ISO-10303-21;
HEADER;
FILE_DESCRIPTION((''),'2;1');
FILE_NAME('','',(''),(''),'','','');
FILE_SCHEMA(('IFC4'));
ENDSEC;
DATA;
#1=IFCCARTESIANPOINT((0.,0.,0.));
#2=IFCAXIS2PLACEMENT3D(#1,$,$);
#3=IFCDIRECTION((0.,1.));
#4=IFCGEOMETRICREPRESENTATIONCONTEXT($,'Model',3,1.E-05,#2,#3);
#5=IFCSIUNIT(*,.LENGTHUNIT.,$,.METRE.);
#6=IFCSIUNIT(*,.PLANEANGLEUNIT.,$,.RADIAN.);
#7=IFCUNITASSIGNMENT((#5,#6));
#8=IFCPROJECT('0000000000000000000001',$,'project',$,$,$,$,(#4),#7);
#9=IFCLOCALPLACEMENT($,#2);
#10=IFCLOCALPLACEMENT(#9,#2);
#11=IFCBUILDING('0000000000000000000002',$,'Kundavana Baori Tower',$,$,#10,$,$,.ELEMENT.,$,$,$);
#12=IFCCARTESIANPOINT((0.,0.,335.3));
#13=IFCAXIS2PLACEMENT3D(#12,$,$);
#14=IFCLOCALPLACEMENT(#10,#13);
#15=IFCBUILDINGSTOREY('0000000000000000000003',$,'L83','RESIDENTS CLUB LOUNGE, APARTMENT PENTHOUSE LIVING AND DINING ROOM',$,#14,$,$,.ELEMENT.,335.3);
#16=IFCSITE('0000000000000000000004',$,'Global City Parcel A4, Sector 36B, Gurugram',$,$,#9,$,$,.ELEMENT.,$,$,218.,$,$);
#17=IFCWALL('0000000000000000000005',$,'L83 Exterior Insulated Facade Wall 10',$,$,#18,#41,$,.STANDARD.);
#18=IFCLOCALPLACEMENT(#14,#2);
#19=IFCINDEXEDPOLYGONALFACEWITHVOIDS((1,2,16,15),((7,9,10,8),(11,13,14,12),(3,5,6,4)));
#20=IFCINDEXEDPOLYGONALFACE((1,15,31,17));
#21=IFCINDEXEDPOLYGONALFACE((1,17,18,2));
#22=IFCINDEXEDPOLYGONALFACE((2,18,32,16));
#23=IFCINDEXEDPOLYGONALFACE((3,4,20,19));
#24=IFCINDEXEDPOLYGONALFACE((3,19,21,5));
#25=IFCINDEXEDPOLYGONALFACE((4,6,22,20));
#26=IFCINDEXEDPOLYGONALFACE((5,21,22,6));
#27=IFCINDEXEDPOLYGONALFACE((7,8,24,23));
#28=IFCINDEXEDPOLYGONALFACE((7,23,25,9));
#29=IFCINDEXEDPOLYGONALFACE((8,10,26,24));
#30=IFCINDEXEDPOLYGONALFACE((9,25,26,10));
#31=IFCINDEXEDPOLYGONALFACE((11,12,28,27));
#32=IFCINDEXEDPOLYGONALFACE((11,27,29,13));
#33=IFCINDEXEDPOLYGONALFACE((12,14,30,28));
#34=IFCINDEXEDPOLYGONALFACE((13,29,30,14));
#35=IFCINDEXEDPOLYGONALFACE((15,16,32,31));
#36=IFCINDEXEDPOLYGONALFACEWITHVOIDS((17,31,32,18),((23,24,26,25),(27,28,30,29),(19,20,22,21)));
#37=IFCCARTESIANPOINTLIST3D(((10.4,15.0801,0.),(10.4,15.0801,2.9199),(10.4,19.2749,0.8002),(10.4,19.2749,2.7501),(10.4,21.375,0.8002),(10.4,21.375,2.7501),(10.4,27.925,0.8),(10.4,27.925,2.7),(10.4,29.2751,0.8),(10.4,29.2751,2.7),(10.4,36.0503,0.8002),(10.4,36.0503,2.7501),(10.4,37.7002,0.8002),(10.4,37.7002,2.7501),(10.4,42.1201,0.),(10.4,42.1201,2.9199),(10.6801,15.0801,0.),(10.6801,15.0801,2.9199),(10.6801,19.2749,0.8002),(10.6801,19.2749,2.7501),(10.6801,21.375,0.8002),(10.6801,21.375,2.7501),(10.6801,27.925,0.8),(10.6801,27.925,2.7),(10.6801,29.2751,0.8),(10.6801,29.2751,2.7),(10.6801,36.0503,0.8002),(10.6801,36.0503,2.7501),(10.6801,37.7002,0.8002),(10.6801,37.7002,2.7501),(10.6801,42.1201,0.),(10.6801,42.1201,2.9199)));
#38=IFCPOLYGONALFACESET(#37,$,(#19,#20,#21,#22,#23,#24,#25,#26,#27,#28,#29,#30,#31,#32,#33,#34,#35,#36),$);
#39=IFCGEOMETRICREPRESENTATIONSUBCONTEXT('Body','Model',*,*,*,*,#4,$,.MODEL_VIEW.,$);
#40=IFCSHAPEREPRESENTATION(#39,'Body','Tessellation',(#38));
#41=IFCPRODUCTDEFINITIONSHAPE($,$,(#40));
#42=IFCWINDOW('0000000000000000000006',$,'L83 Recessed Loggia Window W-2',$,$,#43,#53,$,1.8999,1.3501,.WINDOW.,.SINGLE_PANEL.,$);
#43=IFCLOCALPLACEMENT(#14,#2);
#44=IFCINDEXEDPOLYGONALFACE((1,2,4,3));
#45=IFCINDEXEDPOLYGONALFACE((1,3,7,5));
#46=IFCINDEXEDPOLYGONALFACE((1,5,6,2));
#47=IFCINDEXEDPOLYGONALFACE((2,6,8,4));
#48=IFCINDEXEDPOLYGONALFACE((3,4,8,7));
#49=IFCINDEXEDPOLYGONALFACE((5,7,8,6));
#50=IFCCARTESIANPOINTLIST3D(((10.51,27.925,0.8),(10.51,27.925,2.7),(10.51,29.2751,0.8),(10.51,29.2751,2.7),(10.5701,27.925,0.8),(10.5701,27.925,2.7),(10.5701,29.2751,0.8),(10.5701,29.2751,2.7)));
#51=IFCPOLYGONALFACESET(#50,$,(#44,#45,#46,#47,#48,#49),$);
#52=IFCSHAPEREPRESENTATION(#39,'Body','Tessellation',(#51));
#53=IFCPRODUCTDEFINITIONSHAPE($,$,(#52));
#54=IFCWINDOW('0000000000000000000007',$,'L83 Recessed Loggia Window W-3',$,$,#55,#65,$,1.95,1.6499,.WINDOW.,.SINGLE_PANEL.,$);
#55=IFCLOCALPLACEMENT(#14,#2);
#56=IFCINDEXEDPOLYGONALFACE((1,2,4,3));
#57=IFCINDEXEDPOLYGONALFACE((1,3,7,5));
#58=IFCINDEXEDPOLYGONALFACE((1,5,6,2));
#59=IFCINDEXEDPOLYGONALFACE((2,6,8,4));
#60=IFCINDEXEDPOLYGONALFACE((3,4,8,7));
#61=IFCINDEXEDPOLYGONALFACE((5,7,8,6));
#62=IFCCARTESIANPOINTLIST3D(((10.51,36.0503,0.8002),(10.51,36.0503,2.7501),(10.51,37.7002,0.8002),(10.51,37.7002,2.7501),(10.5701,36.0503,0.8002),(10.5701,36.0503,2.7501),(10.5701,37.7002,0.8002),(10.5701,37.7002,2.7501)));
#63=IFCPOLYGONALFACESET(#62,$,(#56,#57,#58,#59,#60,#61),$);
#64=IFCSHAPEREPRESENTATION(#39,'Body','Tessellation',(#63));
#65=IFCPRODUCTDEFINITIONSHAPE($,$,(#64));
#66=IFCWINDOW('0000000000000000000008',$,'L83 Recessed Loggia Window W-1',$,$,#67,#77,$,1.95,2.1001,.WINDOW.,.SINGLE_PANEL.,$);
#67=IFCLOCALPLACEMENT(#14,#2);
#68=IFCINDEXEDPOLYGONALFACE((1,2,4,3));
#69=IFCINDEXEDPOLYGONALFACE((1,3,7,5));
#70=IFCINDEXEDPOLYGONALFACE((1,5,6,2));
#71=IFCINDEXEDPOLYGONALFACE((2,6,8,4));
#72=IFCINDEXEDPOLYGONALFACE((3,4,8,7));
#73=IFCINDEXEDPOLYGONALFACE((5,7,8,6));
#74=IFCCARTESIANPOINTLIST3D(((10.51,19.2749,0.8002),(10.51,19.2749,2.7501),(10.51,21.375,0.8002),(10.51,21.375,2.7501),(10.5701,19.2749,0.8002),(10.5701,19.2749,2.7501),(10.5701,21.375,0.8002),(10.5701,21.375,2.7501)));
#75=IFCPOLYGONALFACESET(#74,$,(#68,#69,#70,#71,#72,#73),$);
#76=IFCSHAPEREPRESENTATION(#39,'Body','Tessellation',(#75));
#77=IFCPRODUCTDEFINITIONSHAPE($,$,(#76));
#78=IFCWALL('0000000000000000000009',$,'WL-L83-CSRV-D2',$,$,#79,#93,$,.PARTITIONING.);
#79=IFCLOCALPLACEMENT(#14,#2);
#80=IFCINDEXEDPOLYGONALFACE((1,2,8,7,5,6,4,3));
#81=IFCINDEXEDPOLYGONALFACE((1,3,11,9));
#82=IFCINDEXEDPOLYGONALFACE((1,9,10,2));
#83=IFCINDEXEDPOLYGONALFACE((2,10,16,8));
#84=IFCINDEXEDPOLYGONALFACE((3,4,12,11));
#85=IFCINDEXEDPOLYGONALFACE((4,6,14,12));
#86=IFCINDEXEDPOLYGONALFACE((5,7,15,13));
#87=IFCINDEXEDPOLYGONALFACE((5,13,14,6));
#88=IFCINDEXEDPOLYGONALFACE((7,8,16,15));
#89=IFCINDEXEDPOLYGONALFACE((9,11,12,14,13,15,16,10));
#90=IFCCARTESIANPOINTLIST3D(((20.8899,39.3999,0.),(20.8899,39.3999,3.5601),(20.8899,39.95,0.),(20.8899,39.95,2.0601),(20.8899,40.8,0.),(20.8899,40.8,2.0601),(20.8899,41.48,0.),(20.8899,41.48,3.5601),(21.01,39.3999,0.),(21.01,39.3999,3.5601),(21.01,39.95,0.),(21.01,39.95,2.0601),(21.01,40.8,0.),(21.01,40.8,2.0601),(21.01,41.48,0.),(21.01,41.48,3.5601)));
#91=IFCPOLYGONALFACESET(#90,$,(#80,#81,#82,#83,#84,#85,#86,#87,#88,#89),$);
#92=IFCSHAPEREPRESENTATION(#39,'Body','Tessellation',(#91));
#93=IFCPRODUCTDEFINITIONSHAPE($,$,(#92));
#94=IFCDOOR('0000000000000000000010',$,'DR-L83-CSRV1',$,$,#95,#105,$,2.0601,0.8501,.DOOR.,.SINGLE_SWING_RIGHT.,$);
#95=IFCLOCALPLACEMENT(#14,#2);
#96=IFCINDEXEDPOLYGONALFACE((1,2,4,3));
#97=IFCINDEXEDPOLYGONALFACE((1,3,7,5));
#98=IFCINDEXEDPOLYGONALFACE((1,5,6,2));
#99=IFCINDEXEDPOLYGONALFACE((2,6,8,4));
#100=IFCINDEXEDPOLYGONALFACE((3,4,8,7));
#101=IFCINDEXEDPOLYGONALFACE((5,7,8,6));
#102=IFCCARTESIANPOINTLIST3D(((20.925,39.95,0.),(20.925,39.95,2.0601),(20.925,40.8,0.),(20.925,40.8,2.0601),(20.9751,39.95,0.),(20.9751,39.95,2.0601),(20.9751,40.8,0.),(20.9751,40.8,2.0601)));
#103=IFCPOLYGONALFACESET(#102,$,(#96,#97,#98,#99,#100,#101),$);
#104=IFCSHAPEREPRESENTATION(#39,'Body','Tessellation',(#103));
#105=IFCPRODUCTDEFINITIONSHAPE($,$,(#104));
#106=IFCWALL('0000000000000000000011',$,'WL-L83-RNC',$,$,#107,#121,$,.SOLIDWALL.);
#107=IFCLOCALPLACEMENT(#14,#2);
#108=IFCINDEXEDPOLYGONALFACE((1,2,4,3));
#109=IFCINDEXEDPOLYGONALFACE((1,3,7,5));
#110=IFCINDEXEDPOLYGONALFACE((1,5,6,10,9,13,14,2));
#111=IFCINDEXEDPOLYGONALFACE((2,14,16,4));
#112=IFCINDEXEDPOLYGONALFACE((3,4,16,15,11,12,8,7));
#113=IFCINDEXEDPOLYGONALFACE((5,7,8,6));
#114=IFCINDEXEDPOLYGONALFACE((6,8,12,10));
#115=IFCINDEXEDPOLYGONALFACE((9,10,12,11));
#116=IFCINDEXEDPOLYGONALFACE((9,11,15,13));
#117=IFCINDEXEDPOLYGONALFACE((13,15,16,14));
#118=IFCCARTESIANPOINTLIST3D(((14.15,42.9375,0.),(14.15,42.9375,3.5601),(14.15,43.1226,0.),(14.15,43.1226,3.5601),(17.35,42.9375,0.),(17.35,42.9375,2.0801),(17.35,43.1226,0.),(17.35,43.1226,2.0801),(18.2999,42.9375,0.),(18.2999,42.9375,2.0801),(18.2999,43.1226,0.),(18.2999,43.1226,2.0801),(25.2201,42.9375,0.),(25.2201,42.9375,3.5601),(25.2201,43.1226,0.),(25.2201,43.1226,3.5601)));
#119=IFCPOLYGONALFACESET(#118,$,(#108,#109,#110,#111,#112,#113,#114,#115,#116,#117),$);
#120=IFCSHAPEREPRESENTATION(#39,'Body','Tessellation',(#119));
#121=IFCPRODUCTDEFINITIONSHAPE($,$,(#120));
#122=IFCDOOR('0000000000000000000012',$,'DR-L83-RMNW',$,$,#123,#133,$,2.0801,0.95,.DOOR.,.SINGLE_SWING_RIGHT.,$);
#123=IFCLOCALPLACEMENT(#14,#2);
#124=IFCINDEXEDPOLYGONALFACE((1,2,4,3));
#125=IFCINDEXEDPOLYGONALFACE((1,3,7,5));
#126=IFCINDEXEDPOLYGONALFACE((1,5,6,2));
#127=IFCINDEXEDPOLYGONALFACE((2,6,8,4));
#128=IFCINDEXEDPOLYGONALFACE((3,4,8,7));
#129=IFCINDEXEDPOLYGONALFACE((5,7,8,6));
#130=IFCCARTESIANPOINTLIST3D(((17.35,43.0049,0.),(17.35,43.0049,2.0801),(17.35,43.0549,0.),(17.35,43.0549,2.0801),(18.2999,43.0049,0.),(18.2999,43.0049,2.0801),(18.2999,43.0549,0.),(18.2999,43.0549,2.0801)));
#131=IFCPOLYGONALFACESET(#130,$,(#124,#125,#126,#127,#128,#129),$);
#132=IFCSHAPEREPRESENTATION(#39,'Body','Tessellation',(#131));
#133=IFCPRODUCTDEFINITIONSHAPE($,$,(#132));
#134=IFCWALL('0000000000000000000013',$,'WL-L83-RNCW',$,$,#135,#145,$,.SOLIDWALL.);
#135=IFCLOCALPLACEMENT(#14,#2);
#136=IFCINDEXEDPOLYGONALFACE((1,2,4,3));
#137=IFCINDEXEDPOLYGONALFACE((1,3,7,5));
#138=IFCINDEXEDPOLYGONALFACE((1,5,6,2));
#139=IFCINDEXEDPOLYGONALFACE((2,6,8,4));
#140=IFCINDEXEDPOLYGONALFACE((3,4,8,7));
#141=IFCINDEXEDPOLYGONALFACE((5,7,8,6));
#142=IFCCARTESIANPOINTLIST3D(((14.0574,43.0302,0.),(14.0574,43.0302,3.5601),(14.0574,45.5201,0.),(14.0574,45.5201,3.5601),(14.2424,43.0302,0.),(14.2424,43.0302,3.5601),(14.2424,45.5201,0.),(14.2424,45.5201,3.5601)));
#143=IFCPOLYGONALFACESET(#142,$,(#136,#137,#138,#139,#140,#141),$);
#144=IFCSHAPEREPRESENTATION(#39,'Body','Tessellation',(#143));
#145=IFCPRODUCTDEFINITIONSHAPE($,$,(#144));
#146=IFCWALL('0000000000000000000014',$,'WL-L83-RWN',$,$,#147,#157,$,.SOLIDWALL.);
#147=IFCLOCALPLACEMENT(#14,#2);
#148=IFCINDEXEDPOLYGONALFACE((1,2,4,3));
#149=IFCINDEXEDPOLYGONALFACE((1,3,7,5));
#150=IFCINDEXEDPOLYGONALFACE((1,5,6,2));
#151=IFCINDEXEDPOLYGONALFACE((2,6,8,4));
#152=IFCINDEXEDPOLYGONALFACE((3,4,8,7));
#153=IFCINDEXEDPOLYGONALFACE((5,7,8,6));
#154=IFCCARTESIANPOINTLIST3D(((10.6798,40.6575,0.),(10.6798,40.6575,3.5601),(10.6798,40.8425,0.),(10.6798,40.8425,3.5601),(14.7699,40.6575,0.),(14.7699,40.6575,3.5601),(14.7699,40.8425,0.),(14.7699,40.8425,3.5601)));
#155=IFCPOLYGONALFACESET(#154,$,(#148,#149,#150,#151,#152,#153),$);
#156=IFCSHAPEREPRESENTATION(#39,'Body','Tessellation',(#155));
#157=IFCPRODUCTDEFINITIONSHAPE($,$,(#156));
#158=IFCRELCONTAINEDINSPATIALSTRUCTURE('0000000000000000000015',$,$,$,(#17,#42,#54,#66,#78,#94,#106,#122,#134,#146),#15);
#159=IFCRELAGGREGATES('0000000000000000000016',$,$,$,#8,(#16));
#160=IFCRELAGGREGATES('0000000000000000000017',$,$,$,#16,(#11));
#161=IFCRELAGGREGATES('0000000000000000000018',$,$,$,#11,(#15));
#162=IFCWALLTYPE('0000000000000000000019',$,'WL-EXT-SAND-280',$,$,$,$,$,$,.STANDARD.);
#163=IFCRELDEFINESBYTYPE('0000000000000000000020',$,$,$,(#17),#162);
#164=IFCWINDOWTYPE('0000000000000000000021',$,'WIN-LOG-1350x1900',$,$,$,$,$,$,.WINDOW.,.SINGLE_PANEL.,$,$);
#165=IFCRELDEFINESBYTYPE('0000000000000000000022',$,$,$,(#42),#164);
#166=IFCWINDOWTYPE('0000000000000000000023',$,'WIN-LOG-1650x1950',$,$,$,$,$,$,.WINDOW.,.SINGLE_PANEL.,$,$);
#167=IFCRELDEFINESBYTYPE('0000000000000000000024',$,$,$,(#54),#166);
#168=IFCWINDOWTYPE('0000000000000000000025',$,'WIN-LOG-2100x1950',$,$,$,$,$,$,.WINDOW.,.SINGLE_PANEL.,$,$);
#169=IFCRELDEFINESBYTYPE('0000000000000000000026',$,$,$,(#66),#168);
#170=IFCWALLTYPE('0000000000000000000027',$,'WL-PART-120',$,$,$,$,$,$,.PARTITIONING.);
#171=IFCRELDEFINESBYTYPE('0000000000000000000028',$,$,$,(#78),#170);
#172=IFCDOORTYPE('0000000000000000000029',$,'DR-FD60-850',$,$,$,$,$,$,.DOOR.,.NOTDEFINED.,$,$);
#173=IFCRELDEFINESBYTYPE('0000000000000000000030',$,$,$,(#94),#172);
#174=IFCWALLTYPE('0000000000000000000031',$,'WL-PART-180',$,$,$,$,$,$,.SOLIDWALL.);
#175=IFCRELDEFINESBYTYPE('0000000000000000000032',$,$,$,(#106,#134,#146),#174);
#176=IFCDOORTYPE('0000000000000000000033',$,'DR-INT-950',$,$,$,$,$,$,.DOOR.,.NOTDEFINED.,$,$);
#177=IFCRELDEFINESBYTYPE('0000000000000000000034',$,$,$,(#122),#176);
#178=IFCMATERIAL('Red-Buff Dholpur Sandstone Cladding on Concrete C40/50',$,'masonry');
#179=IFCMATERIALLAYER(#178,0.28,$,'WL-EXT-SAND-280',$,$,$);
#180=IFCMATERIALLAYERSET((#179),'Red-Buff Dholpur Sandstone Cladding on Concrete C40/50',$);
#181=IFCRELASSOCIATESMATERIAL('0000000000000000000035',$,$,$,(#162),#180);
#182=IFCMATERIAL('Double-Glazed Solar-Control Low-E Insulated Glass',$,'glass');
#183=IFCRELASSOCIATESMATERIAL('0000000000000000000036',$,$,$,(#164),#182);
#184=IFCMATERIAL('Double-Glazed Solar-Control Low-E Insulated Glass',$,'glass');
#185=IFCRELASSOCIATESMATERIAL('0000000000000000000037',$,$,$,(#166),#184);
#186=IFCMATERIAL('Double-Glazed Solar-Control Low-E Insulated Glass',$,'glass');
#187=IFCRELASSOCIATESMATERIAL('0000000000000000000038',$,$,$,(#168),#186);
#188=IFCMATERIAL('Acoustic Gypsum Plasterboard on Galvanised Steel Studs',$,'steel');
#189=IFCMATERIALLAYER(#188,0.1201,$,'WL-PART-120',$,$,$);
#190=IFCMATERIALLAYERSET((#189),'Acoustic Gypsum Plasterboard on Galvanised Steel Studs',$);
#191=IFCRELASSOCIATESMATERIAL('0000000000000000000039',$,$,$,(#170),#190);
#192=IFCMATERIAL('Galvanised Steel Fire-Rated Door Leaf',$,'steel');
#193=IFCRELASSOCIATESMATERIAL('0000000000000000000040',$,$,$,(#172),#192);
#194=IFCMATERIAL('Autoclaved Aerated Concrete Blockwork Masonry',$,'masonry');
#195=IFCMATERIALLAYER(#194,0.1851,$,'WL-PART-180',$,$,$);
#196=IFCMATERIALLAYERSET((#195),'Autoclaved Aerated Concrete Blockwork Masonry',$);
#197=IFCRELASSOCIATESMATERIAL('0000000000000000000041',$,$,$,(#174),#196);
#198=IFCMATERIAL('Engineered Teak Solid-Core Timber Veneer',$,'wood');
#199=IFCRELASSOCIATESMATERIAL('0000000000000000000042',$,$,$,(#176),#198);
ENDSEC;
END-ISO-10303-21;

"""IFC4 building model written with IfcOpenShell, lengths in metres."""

from ifc_helpers import new_model, si_unit, direction, frame, frame_2d, origin, place, context, subcontext, project, spatial, rectangle, extrude, material, layer, layer_set, type_object, element, fill, save


model = new_model("IFC4")

# Units and contexts
model_context = context("Model", 3, precision=1e-05, world=origin(), true_north=direction((0.0, 1.0)))
body_context = subcontext(model_context, "Body", "Model", "MODEL_VIEW")
ifc_project = project(units=[si_unit("LENGTHUNIT", "METRE"), si_unit("PLANEANGLEUNIT", "RADIAN")], contexts=[model_context])

# Site, building, storey
site_placement = place(None, origin())
site = spatial("IfcSite", under=ifc_project, at=site_placement, Name="Global City Parcel A4, Sector 36B, Gurugram", CompositionType="ELEMENT", RefElevation=218.0)
building_placement = place(site_placement, origin())
building = spatial("IfcBuilding", under=site, at=building_placement, Name="Kundavana Baori Tower", CompositionType="ELEMENT")
storey_placement = place(building_placement, frame((0.0, 0.0, 335.3)))
storey = spatial("IfcBuildingStorey", under=building, at=storey_placement, Name="L83", Description="RESIDENTS CLUB LOUNGE, APARTMENT PENTHOUSE LIVING AND DINING ROOM", CompositionType="ELEMENT", Elevation=335.3)

# Shared definitions
ifc_material_1 = material(Name="Red-Buff Dholpur Sandstone Cladding on Concrete C40/50", Category="masonry")
ifc_layer_1 = layer(ifc_material_1, 0.28, Name="WL-EXT-SAND-280")
ifc_layer_set_1 = layer_set([ifc_layer_1], Name="Red-Buff Dholpur Sandstone Cladding on Concrete C40/50")
wall_type_1 = type_object("IfcWallType", Name="WL-EXT-SAND-280", PredefinedType="STANDARD", material=ifc_layer_set_1)

# Wall, openings, windows
wall_1_placement = place(storey_placement, frame((10.54, 42.1201, 0.0), z_axis=(0.0, 0.0, 1.0), x_axis=(0.0, -1.0, 0.0)))
wall_1 = element("IfcWall", 1, at=wall_1_placement, inside=storey, type_object=wall_type_1, Name="L83 Exterior Insulated Facade Wall 10", PredefinedType="STANDARD", context=body_context, shape_type="SweptSolid", body=[
    extrude(rectangle(XDim=27.04, YDim=0.28, at=frame_2d((13.52, 0.0))), origin(), (0.0, 0.0, 1.0), 2.9199),
])
opening_1_placement = place(wall_1_placement, frame((20.7451, 0.0, 0.8)))
opening_1 = element("IfcOpeningElement", 2, at=opening_1_placement, cuts=wall_1, PredefinedType="OPENING", context=body_context, shape_type="SweptSolid", body=[
    extrude(rectangle(XDim=2.1001, YDim=1.95, at=frame_2d((1.05, 0.9751))), frame((0.0, 0.1499, 0.0), z_axis=(0.0, -1.0, 0.0), x_axis=(1.0, 0.0, 0.0)), (0.0, 0.0, 1.0), 0.3),
])
opening_2_placement = place(wall_1_placement, frame((12.845, 0.0, 0.8)))
opening_2 = element("IfcOpeningElement", 3, at=opening_2_placement, cuts=wall_1, PredefinedType="OPENING", context=body_context, shape_type="SweptSolid", body=[
    extrude(rectangle(XDim=1.3501, YDim=1.8999, at=frame_2d((0.675, 0.95))), frame((0.0, 0.1499, 0.0), z_axis=(0.0, -1.0, 0.0), x_axis=(1.0, 0.0, 0.0)), (0.0, 0.0, 1.0), 0.3),
])
opening_3_placement = place(wall_1_placement, frame((4.4199, 0.0, 0.8)))
opening_3 = element("IfcOpeningElement", 4, at=opening_3_placement, cuts=wall_1, PredefinedType="OPENING", context=body_context, shape_type="SweptSolid", body=[
    extrude(rectangle(XDim=1.6499, YDim=1.95, at=frame_2d((0.825, 0.9751))), frame((0.0, 0.1499, 0.0), z_axis=(0.0, -1.0, 0.0), x_axis=(1.0, 0.0, 0.0)), (0.0, 0.0, 1.0), 0.3),
])
ifc_material_2 = material(Name="Double-Glazed Solar-Control Low-E Insulated Glass", Category="glass")
window_type_1 = type_object("IfcWindowType", Name="WIN-LOG-1350x1900", PartitioningType="SINGLE_PANEL", PredefinedType="WINDOW", material=ifc_material_2)
window_1_placement = place(opening_2_placement, origin())
window_1 = element("IfcWindow", 5, at=window_1_placement, inside=storey, type_object=window_type_1, Name="L83 Recessed Loggia Window W-2", OverallHeight=1.8999, OverallWidth=1.3501, PartitioningType="SINGLE_PANEL", PredefinedType="WINDOW", context=body_context, shape_type="SweptSolid", body=[
    extrude(rectangle(XDim=1.3501, YDim=1.8999, at=frame_2d((0.675, 0.95))), frame((0.0, 0.03, 0.0), z_axis=(0.0, -1.0, 0.0), x_axis=(1.0, 0.0, 0.0)), (0.0, 0.0, 1.0), 0.0601),
])
fill(opening_2, window_1)
ifc_material_3 = material(Name="Double-Glazed Solar-Control Low-E Insulated Glass", Category="glass")
window_type_2 = type_object("IfcWindowType", Name="WIN-LOG-1650x1950", PartitioningType="SINGLE_PANEL", PredefinedType="WINDOW", material=ifc_material_3)
window_2_placement = place(opening_3_placement, origin())
window_2 = element("IfcWindow", 6, at=window_2_placement, inside=storey, type_object=window_type_2, Name="L83 Recessed Loggia Window W-3", OverallHeight=1.95, OverallWidth=1.6499, PartitioningType="SINGLE_PANEL", PredefinedType="WINDOW", context=body_context, shape_type="SweptSolid", body=[
    extrude(rectangle(XDim=1.6499, YDim=1.95, at=frame_2d((0.825, 0.9751))), frame((0.0, 0.03, 0.0), z_axis=(0.0, -1.0, 0.0), x_axis=(1.0, 0.0, 0.0)), (0.0, 0.0, 1.0), 0.0601),
])
fill(opening_3, window_2)
ifc_material_4 = material(Name="Double-Glazed Solar-Control Low-E Insulated Glass", Category="glass")
window_type_3 = type_object("IfcWindowType", Name="WIN-LOG-2100x1950", PartitioningType="SINGLE_PANEL", PredefinedType="WINDOW", material=ifc_material_4)
window_3_placement = place(opening_1_placement, origin())
window_3 = element("IfcWindow", 7, at=window_3_placement, inside=storey, type_object=window_type_3, Name="L83 Recessed Loggia Window W-1", OverallHeight=1.95, OverallWidth=2.1001, PartitioningType="SINGLE_PANEL", PredefinedType="WINDOW", context=body_context, shape_type="SweptSolid", body=[
    extrude(rectangle(XDim=2.1001, YDim=1.95, at=frame_2d((1.05, 0.9751))), frame((0.0, 0.03, 0.0), z_axis=(0.0, -1.0, 0.0), x_axis=(1.0, 0.0, 0.0)), (0.0, 0.0, 1.0), 0.0601),
])
fill(opening_1, window_3)

# Walls, openings, doors
ifc_material_5 = material(Name="Acoustic Gypsum Plasterboard on Galvanised Steel Studs", Category="steel")
ifc_layer_2 = layer(ifc_material_5, 0.1201, Name="WL-PART-120")
ifc_layer_set_2 = layer_set([ifc_layer_2], Name="Acoustic Gypsum Plasterboard on Galvanised Steel Studs")
wall_type_2 = type_object("IfcWallType", Name="WL-PART-120", PredefinedType="PARTITIONING", material=ifc_layer_set_2)
wall_2_placement = place(storey_placement, frame((20.95, 39.3999, 0.0), z_axis=(0.0, 0.0, 1.0), x_axis=(0.0, 1.0, 0.0)))
wall_2 = element("IfcWall", 8, at=wall_2_placement, inside=storey, type_object=wall_type_2, Name="WL-L83-CSRV-D2", PredefinedType="PARTITIONING", context=body_context, shape_type="SweptSolid", body=[
    extrude(rectangle(XDim=2.0801, YDim=0.1201, at=frame_2d((1.04, 0.0))), origin(), (0.0, 0.0, 1.0), 3.5601),
])
opening_4_placement = place(wall_2_placement, frame((0.55, 0.0, 0.0)))
opening_4 = element("IfcOpeningElement", 9, at=opening_4_placement, cuts=wall_2, PredefinedType="OPENING", context=body_context, shape_type="SweptSolid", body=[
    extrude(rectangle(XDim=0.8501, YDim=2.0601, at=frame_2d((0.425, 1.03))), frame((0.0, 0.0701, 0.0), z_axis=(0.0, -1.0, 0.0), x_axis=(1.0, 0.0, 0.0)), (0.0, 0.0, 1.0), 0.1401),
])
ifc_material_6 = material(Name="Galvanised Steel Fire-Rated Door Leaf", Category="steel")
door_type_1 = type_object("IfcDoorType", Name="DR-FD60-850", OperationType="NOTDEFINED", PredefinedType="DOOR", material=ifc_material_6)
door_1_placement = place(opening_4_placement, origin())
door_1 = element("IfcDoor", 10, at=door_1_placement, inside=storey, type_object=door_type_1, Name="DR-L83-CSRV1", OperationType="SINGLE_SWING_RIGHT", OverallHeight=2.0601, OverallWidth=0.8501, PredefinedType="DOOR", context=body_context, shape_type="SweptSolid", body=[
    extrude(rectangle(XDim=0.8501, YDim=2.0601, at=frame_2d((0.425, 1.03))), frame((0.0, 0.0249, 0.0), z_axis=(0.0, -1.0, 0.0), x_axis=(1.0, 0.0, 0.0)), (0.0, 0.0, 1.0), 0.05),
])
fill(opening_4, door_1)
ifc_material_7 = material(Name="Autoclaved Aerated Concrete Blockwork Masonry", Category="masonry")
ifc_layer_3 = layer(ifc_material_7, 0.1851, Name="WL-PART-180")
ifc_layer_set_3 = layer_set([ifc_layer_3], Name="Autoclaved Aerated Concrete Blockwork Masonry")
wall_type_3 = type_object("IfcWallType", Name="WL-PART-180", PredefinedType="SOLIDWALL", material=ifc_layer_set_3)
wall_3_placement = place(storey_placement, frame((14.1499, 43.03, 0.0), z_axis=(0.0, 0.0, 1.0), x_axis=(1.0, 0.0, 0.0)))
wall_3 = element("IfcWall", 11, at=wall_3_placement, inside=storey, type_object=wall_type_3, Name="WL-L83-RNC", PredefinedType="SOLIDWALL", context=body_context, shape_type="SweptSolid", body=[
    extrude(rectangle(XDim=11.0701, YDim=0.1851, at=frame_2d((5.5352, 0.0))), origin(), (0.0, 0.0, 1.0), 3.5601),
])
opening_5_placement = place(wall_3_placement, frame((3.2, 0.0, 0.0)))
opening_5 = element("IfcOpeningElement", 12, at=opening_5_placement, cuts=wall_3, PredefinedType="OPENING", context=body_context, shape_type="SweptSolid", body=[
    extrude(rectangle(XDim=0.95, YDim=2.0801, at=frame_2d((0.4751, 1.04))), frame((0.0, 0.1025, 0.0), z_axis=(0.0, -1.0, 0.0), x_axis=(1.0, 0.0, 0.0)), (0.0, 0.0, 1.0), 0.2051),
])
ifc_material_8 = material(Name="Engineered Teak Solid-Core Timber Veneer", Category="wood")
door_type_2 = type_object("IfcDoorType", Name="DR-INT-950", OperationType="NOTDEFINED", PredefinedType="DOOR", material=ifc_material_8)
door_2_placement = place(opening_5_placement, origin())
door_2 = element("IfcDoor", 13, at=door_2_placement, inside=storey, type_object=door_type_2, Name="DR-L83-RMNW", OperationType="SINGLE_SWING_RIGHT", OverallHeight=2.0801, OverallWidth=0.95, PredefinedType="DOOR", context=body_context, shape_type="SweptSolid", body=[
    extrude(rectangle(XDim=0.95, YDim=2.0801, at=frame_2d((0.4751, 1.04))), frame((0.0, 0.0249, 0.0), z_axis=(0.0, -1.0, 0.0), x_axis=(1.0, 0.0, 0.0)), (0.0, 0.0, 1.0), 0.05),
])
fill(opening_5, door_2)

# Walls
wall_4_placement = place(storey_placement, frame((14.1499, 43.03, 0.0), z_axis=(0.0, 0.0, 1.0), x_axis=(0.0, 1.0, 0.0)))
element("IfcWall", 14, at=wall_4_placement, inside=storey, type_object=wall_type_3, Name="WL-L83-RNCW", PredefinedType="SOLIDWALL", context=body_context, shape_type="SweptSolid", body=[
    extrude(rectangle(XDim=2.49, YDim=0.1851, at=frame_2d((1.2451, 0.0))), origin(), (0.0, 0.0, 1.0), 3.5601),
])
wall_5_placement = place(storey_placement, frame((10.6799, 40.75, 0.0), z_axis=(0.0, 0.0, 1.0), x_axis=(1.0, 0.0, 0.0)))
element("IfcWall", 15, at=wall_5_placement, inside=storey, type_object=wall_type_3, Name="WL-L83-RWN", PredefinedType="SOLIDWALL", context=body_context, shape_type="SweptSolid", body=[
    extrude(rectangle(XDim=4.0901, YDim=0.1851, at=frame_2d((2.0449, 0.0))), origin(), (0.0, 0.0, 1.0), 3.5601),
])

save(model, "model.ifc")
